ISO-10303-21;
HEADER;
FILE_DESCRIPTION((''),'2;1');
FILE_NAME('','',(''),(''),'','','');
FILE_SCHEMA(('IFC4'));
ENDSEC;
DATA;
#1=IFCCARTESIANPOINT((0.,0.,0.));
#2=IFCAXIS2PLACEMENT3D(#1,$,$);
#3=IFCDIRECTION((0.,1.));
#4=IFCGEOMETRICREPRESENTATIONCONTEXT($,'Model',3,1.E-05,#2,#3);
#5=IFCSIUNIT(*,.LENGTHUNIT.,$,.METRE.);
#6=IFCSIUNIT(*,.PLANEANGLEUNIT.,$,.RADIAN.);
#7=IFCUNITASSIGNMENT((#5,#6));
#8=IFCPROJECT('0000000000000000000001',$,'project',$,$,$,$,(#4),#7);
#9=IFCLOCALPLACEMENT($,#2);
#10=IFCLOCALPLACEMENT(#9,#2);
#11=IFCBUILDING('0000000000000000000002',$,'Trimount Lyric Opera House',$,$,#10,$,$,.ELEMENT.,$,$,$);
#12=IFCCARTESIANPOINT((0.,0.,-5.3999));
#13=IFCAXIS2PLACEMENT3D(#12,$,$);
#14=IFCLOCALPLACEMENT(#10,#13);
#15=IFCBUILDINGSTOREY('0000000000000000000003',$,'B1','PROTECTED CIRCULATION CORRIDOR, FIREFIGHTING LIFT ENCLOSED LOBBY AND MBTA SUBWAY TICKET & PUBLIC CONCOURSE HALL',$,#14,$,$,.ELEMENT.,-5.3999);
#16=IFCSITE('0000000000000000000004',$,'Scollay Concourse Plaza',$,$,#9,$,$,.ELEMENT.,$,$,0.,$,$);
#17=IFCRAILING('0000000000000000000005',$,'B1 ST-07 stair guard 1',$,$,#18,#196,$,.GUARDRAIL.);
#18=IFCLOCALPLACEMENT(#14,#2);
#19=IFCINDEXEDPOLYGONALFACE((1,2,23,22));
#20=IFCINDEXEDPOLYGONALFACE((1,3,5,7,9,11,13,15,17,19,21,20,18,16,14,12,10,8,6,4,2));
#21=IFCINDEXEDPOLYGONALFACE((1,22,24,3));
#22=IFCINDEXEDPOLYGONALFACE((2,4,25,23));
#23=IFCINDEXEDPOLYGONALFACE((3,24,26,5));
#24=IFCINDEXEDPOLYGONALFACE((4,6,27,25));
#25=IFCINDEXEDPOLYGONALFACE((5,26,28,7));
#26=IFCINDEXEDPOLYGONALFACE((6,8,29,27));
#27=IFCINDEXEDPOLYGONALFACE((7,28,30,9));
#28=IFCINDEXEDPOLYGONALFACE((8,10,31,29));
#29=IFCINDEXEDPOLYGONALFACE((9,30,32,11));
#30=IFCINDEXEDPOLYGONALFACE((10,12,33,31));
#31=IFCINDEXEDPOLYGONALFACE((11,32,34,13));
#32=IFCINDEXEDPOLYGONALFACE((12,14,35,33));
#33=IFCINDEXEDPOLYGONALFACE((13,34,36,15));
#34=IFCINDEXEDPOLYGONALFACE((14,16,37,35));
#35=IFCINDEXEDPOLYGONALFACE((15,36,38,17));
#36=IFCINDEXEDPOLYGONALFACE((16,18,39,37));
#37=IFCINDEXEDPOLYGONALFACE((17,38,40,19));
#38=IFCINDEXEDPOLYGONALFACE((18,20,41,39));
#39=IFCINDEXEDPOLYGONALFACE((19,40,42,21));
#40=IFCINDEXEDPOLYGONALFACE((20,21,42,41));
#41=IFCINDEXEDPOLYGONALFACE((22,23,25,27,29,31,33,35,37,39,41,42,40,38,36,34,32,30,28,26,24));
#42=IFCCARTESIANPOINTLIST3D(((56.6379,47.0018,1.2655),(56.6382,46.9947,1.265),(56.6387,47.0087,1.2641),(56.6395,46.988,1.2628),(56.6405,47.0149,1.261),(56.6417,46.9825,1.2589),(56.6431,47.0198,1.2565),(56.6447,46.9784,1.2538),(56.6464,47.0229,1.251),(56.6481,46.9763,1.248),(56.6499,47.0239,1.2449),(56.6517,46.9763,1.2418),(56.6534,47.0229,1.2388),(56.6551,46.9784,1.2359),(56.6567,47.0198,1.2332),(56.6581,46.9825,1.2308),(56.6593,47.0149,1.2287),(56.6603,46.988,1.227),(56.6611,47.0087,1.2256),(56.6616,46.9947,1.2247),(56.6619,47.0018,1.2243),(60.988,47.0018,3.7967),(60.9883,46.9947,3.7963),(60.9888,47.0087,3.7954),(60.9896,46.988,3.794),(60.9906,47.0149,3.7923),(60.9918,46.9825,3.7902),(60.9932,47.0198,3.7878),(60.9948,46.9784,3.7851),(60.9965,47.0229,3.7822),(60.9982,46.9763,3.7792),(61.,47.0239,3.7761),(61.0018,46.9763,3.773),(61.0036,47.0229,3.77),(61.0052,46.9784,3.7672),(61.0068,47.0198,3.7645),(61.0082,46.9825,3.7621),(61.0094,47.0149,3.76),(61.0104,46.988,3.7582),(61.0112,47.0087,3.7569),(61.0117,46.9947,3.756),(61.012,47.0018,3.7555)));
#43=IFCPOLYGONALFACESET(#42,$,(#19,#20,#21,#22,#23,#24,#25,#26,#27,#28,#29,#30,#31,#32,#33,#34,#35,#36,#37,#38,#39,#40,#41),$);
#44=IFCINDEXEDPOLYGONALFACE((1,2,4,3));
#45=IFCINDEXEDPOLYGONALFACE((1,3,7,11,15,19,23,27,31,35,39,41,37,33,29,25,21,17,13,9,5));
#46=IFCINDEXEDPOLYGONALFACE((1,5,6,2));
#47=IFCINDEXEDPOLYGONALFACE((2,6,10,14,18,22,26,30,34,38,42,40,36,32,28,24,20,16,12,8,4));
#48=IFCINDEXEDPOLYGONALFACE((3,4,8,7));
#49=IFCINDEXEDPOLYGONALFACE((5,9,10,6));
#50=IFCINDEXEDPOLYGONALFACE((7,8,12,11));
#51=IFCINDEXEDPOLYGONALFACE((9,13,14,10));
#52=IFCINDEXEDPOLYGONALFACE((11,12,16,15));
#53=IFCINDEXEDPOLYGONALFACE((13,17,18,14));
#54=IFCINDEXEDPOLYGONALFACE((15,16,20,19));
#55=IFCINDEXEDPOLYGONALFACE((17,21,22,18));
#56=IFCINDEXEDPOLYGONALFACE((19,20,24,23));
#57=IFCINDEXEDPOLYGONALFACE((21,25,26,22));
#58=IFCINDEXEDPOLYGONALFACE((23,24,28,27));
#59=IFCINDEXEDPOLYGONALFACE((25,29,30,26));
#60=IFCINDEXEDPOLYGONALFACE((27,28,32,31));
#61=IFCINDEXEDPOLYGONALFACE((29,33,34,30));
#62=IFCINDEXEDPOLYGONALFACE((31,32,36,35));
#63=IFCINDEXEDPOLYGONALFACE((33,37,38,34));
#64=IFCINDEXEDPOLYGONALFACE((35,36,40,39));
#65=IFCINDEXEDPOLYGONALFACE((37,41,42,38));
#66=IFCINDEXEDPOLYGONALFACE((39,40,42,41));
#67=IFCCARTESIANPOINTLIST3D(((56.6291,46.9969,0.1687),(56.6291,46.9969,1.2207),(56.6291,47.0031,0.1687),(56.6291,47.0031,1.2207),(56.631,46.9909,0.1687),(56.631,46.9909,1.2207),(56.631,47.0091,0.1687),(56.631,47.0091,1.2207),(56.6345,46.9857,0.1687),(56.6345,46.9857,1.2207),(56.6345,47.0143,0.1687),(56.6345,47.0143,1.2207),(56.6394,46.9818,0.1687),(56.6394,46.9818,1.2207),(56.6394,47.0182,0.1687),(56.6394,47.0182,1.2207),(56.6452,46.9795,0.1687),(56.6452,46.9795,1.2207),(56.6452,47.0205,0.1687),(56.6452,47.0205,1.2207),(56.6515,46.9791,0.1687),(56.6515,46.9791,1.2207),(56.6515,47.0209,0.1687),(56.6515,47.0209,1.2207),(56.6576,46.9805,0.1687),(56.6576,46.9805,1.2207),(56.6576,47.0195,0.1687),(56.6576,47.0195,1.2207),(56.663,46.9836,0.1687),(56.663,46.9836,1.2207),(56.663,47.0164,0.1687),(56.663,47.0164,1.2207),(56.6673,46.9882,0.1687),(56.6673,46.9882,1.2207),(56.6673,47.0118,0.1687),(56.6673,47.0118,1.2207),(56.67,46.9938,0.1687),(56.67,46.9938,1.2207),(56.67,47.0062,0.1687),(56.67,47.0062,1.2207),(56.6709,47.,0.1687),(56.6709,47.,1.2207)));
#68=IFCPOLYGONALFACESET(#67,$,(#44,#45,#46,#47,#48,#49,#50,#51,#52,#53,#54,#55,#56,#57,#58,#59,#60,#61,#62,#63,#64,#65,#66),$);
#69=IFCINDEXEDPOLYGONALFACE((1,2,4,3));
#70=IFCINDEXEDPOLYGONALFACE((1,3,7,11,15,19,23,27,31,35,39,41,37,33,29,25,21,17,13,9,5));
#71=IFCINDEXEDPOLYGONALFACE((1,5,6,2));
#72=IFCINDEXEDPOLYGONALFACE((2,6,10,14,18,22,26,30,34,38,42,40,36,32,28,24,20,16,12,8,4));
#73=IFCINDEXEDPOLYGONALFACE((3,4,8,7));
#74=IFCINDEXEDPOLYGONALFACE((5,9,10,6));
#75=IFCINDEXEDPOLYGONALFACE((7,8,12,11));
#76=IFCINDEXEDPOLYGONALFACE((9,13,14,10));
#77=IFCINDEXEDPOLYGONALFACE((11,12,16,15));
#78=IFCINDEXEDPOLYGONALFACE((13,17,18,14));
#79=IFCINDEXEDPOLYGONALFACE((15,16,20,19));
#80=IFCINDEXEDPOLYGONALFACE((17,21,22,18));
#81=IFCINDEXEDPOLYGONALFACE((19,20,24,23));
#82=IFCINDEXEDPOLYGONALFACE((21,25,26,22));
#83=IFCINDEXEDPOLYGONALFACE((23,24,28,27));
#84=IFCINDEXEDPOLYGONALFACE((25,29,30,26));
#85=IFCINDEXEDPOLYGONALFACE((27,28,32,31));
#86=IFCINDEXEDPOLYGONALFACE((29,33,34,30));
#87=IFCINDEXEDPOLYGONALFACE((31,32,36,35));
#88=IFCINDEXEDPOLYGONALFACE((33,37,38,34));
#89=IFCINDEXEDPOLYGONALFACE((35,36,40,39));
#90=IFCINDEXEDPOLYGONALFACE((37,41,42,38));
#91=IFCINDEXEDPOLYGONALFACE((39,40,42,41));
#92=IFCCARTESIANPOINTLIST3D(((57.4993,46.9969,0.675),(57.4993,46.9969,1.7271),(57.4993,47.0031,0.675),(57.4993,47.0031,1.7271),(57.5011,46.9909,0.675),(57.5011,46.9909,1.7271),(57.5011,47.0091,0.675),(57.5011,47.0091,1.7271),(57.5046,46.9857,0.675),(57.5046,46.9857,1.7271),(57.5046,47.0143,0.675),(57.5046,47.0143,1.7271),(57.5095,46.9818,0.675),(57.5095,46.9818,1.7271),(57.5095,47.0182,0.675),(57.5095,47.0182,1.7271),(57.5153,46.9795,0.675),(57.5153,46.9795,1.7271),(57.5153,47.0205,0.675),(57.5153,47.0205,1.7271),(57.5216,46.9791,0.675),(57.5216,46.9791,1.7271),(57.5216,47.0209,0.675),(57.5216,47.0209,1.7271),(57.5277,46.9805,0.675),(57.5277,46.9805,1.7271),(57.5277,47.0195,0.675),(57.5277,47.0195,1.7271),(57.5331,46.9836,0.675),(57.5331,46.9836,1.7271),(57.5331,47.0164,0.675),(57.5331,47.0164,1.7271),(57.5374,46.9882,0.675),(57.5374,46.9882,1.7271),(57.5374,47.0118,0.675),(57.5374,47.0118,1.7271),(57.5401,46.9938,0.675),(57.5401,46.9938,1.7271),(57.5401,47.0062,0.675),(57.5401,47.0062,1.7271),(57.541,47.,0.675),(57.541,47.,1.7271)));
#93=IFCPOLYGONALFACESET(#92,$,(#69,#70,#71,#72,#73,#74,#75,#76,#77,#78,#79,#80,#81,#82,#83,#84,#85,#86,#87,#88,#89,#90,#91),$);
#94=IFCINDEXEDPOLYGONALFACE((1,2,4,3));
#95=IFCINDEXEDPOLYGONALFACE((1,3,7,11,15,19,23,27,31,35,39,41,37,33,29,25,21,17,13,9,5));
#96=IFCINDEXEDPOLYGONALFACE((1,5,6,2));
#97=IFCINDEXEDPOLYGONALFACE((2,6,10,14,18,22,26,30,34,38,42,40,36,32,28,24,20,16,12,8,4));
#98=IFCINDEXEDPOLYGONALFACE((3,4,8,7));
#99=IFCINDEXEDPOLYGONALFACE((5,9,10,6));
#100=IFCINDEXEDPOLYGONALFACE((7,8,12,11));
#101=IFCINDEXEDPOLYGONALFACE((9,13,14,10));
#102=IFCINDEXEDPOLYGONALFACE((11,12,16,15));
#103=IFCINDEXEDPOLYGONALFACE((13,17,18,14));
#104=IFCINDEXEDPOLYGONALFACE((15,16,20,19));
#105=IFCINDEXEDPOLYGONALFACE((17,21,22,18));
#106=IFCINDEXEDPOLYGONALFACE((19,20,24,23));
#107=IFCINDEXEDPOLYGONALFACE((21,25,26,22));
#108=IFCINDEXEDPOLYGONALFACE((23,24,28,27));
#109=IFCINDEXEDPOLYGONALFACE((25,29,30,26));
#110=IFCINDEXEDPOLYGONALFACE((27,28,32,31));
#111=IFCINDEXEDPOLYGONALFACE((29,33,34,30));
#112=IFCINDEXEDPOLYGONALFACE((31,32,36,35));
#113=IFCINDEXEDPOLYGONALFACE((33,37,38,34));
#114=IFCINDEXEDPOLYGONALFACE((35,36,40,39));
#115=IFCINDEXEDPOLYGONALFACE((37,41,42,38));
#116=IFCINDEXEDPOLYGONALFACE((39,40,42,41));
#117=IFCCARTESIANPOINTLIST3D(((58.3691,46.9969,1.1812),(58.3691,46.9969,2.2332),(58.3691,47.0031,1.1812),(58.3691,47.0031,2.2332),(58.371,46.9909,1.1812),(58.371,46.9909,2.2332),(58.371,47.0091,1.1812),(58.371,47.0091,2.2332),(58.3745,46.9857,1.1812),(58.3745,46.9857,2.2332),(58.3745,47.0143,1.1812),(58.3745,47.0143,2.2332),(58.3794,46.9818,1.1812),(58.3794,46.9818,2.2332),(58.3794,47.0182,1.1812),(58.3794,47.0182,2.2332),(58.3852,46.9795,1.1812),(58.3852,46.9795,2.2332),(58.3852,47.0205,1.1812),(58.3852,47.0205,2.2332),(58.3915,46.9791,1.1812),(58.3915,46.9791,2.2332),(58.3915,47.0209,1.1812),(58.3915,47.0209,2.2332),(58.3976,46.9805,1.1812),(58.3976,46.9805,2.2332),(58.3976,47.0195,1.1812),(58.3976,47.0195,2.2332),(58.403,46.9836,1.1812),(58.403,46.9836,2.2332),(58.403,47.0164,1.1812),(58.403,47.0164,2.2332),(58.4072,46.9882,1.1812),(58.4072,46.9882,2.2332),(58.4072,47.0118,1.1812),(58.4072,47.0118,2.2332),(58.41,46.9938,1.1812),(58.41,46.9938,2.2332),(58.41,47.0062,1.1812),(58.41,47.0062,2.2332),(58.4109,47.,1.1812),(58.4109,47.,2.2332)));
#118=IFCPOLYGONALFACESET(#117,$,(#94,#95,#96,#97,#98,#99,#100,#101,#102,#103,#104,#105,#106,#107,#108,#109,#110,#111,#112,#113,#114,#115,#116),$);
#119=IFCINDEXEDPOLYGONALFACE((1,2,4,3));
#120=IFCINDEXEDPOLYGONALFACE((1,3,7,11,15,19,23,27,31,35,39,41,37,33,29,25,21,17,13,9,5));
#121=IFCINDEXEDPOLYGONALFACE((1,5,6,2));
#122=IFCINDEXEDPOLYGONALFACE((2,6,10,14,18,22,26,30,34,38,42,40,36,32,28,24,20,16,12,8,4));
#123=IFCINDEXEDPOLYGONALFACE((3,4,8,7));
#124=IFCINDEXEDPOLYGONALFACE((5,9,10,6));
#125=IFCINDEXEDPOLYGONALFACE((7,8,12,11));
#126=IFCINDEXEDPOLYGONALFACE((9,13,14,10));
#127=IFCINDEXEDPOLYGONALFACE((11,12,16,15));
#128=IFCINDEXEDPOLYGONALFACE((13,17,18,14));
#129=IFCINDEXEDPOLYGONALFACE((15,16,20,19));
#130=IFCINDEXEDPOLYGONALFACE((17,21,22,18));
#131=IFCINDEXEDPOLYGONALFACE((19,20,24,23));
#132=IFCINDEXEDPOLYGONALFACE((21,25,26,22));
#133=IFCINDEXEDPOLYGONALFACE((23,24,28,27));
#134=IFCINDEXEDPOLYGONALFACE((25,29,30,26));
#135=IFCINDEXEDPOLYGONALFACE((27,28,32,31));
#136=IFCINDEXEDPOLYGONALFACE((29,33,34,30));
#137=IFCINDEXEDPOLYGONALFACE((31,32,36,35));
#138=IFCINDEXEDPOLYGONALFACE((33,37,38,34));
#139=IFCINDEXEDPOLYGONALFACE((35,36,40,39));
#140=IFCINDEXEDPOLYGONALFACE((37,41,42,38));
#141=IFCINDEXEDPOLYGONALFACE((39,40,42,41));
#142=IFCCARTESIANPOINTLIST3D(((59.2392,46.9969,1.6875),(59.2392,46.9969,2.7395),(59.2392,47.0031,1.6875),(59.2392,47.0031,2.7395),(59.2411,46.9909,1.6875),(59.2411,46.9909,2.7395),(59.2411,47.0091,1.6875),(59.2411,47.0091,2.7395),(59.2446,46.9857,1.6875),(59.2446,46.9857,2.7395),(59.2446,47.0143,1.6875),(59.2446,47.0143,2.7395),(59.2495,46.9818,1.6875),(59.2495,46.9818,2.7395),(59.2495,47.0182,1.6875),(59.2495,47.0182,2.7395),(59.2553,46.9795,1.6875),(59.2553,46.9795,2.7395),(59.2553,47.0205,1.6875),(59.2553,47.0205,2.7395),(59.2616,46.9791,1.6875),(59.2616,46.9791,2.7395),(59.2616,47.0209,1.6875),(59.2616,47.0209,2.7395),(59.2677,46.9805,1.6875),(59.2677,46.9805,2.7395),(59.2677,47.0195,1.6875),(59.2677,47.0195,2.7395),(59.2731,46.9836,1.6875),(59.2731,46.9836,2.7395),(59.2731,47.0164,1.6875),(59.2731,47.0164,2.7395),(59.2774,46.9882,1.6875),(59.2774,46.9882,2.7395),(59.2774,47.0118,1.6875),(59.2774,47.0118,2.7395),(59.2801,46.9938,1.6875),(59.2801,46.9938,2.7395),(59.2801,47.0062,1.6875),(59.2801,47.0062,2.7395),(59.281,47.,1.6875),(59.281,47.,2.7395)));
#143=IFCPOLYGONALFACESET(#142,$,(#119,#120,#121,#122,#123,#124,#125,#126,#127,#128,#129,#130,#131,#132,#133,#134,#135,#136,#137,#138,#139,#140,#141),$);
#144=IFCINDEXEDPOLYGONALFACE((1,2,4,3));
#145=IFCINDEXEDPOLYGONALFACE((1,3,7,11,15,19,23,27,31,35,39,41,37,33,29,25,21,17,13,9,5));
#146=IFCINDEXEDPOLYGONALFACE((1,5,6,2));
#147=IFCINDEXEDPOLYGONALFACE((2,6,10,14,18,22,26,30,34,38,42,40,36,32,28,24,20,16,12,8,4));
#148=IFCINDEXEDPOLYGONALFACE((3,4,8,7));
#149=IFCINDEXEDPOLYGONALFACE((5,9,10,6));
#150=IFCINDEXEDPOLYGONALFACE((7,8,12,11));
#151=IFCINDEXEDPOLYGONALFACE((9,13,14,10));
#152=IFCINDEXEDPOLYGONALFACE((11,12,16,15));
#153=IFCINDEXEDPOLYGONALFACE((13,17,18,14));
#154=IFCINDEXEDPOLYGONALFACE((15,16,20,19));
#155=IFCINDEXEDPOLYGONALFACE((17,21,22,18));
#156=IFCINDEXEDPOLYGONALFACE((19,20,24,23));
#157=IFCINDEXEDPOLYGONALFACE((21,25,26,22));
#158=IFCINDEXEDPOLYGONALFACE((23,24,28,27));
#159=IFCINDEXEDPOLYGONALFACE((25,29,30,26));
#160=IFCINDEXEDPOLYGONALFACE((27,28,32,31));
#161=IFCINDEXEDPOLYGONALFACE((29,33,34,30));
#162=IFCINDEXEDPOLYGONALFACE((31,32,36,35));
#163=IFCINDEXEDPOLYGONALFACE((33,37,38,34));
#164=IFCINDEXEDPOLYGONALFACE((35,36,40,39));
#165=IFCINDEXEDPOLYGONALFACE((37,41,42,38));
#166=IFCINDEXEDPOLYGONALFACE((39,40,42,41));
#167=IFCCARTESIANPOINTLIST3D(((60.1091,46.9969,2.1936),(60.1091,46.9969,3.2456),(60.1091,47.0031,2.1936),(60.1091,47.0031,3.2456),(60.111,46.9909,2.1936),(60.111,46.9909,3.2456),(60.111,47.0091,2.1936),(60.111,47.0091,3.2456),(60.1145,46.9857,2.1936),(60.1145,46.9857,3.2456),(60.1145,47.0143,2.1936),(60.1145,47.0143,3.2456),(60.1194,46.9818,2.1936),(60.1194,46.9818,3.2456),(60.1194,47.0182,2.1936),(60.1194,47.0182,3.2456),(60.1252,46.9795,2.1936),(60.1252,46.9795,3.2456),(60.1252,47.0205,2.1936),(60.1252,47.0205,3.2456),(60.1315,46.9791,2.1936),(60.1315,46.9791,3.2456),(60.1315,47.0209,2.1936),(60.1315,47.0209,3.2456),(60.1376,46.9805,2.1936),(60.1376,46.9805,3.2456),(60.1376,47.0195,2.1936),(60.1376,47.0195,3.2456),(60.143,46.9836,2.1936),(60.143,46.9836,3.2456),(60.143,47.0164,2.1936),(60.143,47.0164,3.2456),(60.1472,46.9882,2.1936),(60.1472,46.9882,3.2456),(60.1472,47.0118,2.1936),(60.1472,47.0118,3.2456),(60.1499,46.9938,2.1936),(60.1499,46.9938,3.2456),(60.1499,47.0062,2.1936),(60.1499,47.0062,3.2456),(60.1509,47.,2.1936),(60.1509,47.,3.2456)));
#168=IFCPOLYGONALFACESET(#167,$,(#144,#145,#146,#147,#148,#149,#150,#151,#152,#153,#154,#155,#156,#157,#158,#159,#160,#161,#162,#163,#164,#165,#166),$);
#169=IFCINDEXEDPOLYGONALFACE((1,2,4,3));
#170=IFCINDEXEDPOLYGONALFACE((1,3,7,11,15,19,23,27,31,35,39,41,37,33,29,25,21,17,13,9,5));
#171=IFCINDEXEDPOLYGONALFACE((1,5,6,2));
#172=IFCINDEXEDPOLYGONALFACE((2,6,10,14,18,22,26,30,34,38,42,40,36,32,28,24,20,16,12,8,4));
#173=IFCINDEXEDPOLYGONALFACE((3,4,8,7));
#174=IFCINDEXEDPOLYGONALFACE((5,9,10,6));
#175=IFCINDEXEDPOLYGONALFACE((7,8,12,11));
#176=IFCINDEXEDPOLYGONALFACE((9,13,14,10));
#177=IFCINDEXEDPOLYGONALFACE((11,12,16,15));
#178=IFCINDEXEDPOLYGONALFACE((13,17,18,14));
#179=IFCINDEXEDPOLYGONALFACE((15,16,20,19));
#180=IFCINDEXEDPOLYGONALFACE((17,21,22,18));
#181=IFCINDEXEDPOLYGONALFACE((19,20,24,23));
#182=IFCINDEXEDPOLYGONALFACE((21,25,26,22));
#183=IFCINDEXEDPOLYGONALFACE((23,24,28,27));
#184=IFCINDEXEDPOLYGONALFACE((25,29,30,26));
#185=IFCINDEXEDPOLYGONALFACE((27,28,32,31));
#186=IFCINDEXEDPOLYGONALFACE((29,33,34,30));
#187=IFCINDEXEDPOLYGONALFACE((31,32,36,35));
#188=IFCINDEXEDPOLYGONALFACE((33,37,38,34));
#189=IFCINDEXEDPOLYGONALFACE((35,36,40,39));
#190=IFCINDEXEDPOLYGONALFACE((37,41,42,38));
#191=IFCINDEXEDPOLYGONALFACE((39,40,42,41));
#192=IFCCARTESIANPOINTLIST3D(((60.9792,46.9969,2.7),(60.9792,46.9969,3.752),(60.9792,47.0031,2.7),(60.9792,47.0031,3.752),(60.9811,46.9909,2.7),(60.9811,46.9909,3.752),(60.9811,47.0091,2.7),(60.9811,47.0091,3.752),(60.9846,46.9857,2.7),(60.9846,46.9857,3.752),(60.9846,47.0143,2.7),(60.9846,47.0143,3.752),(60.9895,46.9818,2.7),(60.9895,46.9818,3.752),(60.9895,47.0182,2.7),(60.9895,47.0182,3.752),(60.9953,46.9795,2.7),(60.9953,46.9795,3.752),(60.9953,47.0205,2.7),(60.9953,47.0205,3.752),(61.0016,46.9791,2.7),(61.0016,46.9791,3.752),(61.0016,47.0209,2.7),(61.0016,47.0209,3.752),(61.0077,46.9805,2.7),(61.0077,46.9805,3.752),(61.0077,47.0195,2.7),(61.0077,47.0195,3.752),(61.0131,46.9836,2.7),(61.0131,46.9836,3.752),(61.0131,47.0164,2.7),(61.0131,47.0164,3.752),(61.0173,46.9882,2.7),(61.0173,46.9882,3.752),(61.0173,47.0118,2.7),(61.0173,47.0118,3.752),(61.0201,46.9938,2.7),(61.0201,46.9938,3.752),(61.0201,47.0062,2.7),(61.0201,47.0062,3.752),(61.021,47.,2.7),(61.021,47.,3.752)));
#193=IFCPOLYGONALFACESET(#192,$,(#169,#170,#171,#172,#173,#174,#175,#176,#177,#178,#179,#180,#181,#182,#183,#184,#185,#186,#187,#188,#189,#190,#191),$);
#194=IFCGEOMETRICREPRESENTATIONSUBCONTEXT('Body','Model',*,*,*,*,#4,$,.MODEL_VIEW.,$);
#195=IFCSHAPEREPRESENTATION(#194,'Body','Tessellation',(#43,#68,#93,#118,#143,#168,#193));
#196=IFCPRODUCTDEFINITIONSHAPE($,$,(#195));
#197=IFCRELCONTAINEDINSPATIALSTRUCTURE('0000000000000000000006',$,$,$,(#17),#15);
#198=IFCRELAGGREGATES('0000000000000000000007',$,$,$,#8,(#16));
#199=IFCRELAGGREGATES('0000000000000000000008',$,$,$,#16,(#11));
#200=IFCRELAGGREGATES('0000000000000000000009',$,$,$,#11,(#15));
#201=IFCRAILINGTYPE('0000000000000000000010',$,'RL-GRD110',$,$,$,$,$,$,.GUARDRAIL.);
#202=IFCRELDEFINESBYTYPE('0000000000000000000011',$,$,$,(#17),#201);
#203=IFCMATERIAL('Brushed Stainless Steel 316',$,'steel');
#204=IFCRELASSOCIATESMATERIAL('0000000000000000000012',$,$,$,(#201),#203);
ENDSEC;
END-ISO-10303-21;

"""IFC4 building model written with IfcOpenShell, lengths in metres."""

from ifc_helpers import new_model, si_unit, direction, frame, origin, origin_2d, place, context, subcontext, project, spatial, circle, extrude, material, type_object, element, save


model = new_model("IFC4")

# Units and contexts
model_context = context("Model", 3, precision=1e-05, world=origin(), true_north=direction((0.0, 1.0)))
body_context = subcontext(model_context, "Body", "Model", "MODEL_VIEW")
ifc_project = project(units=[si_unit("LENGTHUNIT", "METRE"), si_unit("PLANEANGLEUNIT", "RADIAN")], contexts=[model_context])

# Site, building, storey
site_placement = place(None, origin())
site = spatial("IfcSite", under=ifc_project, at=site_placement, Name="Scollay Concourse Plaza", CompositionType="ELEMENT", RefElevation=0.0)
building_placement = place(site_placement, origin())
building = spatial("IfcBuilding", under=site, at=building_placement, Name="Trimount Lyric Opera House", CompositionType="ELEMENT")
storey_placement = place(building_placement, frame((0.0, 0.0, -5.3999)))
storey = spatial("IfcBuildingStorey", under=building, at=storey_placement, Name="B1", Description="PROTECTED CIRCULATION CORRIDOR, FIREFIGHTING LIFT ENCLOSED LOBBY AND MBTA SUBWAY TICKET & PUBLIC CONCOURSE HALL", CompositionType="ELEMENT", Elevation=-5.3999)

# Railing
ifc_material_1 = material(Name="Brushed Stainless Steel 316", Category="steel")
railing_type_1 = type_object("IfcRailingType", Name="RL-GRD110", PredefinedType="GUARDRAIL", material=ifc_material_1)
railing_1_placement = place(storey_placement, frame((56.6499, 47.0, 0.1687)))
element("IfcRailing", 1, at=railing_1_placement, inside=storey, type_object=railing_type_1, Name="B1 ST-07 stair guard 1", PredefinedType="GUARDRAIL", context=body_context, shape_type="SweptSolid", body=[
    extrude(circle(Radius=0.0239, at=origin_2d()), frame((0.0, 0.0, 1.0762), z_axis=(0.864324, 0.0, 0.502936), x_axis=(0.0, 1.0, 0.0)), (0.0, 0.0, 1.0), 5.033),
    extrude(circle(Radius=0.021, at=origin_2d()), origin(), (0.0, 0.0, 1.0), 1.052),
    extrude(circle(Radius=0.021, at=origin_2d()), frame((0.8701, 0.0, 0.5063)), (0.0, 0.0, 1.0), 1.052),
    extrude(circle(Radius=0.021, at=origin_2d()), frame((1.74, 0.0, 1.0125)), (0.0, 0.0, 1.0), 1.052),
    extrude(circle(Radius=0.021, at=origin_2d()), frame((2.6101, 0.0, 1.5188)), (0.0, 0.0, 1.0), 1.052),
    extrude(circle(Radius=0.021, at=origin_2d()), frame((3.48, 0.0, 2.0249)), (0.0, 0.0, 1.0), 1.052),
    extrude(circle(Radius=0.021, at=origin_2d()), frame((4.3501, 0.0, 2.5312)), (0.0, 0.0, 1.0), 1.052),
])

save(model, "model.ifc")
